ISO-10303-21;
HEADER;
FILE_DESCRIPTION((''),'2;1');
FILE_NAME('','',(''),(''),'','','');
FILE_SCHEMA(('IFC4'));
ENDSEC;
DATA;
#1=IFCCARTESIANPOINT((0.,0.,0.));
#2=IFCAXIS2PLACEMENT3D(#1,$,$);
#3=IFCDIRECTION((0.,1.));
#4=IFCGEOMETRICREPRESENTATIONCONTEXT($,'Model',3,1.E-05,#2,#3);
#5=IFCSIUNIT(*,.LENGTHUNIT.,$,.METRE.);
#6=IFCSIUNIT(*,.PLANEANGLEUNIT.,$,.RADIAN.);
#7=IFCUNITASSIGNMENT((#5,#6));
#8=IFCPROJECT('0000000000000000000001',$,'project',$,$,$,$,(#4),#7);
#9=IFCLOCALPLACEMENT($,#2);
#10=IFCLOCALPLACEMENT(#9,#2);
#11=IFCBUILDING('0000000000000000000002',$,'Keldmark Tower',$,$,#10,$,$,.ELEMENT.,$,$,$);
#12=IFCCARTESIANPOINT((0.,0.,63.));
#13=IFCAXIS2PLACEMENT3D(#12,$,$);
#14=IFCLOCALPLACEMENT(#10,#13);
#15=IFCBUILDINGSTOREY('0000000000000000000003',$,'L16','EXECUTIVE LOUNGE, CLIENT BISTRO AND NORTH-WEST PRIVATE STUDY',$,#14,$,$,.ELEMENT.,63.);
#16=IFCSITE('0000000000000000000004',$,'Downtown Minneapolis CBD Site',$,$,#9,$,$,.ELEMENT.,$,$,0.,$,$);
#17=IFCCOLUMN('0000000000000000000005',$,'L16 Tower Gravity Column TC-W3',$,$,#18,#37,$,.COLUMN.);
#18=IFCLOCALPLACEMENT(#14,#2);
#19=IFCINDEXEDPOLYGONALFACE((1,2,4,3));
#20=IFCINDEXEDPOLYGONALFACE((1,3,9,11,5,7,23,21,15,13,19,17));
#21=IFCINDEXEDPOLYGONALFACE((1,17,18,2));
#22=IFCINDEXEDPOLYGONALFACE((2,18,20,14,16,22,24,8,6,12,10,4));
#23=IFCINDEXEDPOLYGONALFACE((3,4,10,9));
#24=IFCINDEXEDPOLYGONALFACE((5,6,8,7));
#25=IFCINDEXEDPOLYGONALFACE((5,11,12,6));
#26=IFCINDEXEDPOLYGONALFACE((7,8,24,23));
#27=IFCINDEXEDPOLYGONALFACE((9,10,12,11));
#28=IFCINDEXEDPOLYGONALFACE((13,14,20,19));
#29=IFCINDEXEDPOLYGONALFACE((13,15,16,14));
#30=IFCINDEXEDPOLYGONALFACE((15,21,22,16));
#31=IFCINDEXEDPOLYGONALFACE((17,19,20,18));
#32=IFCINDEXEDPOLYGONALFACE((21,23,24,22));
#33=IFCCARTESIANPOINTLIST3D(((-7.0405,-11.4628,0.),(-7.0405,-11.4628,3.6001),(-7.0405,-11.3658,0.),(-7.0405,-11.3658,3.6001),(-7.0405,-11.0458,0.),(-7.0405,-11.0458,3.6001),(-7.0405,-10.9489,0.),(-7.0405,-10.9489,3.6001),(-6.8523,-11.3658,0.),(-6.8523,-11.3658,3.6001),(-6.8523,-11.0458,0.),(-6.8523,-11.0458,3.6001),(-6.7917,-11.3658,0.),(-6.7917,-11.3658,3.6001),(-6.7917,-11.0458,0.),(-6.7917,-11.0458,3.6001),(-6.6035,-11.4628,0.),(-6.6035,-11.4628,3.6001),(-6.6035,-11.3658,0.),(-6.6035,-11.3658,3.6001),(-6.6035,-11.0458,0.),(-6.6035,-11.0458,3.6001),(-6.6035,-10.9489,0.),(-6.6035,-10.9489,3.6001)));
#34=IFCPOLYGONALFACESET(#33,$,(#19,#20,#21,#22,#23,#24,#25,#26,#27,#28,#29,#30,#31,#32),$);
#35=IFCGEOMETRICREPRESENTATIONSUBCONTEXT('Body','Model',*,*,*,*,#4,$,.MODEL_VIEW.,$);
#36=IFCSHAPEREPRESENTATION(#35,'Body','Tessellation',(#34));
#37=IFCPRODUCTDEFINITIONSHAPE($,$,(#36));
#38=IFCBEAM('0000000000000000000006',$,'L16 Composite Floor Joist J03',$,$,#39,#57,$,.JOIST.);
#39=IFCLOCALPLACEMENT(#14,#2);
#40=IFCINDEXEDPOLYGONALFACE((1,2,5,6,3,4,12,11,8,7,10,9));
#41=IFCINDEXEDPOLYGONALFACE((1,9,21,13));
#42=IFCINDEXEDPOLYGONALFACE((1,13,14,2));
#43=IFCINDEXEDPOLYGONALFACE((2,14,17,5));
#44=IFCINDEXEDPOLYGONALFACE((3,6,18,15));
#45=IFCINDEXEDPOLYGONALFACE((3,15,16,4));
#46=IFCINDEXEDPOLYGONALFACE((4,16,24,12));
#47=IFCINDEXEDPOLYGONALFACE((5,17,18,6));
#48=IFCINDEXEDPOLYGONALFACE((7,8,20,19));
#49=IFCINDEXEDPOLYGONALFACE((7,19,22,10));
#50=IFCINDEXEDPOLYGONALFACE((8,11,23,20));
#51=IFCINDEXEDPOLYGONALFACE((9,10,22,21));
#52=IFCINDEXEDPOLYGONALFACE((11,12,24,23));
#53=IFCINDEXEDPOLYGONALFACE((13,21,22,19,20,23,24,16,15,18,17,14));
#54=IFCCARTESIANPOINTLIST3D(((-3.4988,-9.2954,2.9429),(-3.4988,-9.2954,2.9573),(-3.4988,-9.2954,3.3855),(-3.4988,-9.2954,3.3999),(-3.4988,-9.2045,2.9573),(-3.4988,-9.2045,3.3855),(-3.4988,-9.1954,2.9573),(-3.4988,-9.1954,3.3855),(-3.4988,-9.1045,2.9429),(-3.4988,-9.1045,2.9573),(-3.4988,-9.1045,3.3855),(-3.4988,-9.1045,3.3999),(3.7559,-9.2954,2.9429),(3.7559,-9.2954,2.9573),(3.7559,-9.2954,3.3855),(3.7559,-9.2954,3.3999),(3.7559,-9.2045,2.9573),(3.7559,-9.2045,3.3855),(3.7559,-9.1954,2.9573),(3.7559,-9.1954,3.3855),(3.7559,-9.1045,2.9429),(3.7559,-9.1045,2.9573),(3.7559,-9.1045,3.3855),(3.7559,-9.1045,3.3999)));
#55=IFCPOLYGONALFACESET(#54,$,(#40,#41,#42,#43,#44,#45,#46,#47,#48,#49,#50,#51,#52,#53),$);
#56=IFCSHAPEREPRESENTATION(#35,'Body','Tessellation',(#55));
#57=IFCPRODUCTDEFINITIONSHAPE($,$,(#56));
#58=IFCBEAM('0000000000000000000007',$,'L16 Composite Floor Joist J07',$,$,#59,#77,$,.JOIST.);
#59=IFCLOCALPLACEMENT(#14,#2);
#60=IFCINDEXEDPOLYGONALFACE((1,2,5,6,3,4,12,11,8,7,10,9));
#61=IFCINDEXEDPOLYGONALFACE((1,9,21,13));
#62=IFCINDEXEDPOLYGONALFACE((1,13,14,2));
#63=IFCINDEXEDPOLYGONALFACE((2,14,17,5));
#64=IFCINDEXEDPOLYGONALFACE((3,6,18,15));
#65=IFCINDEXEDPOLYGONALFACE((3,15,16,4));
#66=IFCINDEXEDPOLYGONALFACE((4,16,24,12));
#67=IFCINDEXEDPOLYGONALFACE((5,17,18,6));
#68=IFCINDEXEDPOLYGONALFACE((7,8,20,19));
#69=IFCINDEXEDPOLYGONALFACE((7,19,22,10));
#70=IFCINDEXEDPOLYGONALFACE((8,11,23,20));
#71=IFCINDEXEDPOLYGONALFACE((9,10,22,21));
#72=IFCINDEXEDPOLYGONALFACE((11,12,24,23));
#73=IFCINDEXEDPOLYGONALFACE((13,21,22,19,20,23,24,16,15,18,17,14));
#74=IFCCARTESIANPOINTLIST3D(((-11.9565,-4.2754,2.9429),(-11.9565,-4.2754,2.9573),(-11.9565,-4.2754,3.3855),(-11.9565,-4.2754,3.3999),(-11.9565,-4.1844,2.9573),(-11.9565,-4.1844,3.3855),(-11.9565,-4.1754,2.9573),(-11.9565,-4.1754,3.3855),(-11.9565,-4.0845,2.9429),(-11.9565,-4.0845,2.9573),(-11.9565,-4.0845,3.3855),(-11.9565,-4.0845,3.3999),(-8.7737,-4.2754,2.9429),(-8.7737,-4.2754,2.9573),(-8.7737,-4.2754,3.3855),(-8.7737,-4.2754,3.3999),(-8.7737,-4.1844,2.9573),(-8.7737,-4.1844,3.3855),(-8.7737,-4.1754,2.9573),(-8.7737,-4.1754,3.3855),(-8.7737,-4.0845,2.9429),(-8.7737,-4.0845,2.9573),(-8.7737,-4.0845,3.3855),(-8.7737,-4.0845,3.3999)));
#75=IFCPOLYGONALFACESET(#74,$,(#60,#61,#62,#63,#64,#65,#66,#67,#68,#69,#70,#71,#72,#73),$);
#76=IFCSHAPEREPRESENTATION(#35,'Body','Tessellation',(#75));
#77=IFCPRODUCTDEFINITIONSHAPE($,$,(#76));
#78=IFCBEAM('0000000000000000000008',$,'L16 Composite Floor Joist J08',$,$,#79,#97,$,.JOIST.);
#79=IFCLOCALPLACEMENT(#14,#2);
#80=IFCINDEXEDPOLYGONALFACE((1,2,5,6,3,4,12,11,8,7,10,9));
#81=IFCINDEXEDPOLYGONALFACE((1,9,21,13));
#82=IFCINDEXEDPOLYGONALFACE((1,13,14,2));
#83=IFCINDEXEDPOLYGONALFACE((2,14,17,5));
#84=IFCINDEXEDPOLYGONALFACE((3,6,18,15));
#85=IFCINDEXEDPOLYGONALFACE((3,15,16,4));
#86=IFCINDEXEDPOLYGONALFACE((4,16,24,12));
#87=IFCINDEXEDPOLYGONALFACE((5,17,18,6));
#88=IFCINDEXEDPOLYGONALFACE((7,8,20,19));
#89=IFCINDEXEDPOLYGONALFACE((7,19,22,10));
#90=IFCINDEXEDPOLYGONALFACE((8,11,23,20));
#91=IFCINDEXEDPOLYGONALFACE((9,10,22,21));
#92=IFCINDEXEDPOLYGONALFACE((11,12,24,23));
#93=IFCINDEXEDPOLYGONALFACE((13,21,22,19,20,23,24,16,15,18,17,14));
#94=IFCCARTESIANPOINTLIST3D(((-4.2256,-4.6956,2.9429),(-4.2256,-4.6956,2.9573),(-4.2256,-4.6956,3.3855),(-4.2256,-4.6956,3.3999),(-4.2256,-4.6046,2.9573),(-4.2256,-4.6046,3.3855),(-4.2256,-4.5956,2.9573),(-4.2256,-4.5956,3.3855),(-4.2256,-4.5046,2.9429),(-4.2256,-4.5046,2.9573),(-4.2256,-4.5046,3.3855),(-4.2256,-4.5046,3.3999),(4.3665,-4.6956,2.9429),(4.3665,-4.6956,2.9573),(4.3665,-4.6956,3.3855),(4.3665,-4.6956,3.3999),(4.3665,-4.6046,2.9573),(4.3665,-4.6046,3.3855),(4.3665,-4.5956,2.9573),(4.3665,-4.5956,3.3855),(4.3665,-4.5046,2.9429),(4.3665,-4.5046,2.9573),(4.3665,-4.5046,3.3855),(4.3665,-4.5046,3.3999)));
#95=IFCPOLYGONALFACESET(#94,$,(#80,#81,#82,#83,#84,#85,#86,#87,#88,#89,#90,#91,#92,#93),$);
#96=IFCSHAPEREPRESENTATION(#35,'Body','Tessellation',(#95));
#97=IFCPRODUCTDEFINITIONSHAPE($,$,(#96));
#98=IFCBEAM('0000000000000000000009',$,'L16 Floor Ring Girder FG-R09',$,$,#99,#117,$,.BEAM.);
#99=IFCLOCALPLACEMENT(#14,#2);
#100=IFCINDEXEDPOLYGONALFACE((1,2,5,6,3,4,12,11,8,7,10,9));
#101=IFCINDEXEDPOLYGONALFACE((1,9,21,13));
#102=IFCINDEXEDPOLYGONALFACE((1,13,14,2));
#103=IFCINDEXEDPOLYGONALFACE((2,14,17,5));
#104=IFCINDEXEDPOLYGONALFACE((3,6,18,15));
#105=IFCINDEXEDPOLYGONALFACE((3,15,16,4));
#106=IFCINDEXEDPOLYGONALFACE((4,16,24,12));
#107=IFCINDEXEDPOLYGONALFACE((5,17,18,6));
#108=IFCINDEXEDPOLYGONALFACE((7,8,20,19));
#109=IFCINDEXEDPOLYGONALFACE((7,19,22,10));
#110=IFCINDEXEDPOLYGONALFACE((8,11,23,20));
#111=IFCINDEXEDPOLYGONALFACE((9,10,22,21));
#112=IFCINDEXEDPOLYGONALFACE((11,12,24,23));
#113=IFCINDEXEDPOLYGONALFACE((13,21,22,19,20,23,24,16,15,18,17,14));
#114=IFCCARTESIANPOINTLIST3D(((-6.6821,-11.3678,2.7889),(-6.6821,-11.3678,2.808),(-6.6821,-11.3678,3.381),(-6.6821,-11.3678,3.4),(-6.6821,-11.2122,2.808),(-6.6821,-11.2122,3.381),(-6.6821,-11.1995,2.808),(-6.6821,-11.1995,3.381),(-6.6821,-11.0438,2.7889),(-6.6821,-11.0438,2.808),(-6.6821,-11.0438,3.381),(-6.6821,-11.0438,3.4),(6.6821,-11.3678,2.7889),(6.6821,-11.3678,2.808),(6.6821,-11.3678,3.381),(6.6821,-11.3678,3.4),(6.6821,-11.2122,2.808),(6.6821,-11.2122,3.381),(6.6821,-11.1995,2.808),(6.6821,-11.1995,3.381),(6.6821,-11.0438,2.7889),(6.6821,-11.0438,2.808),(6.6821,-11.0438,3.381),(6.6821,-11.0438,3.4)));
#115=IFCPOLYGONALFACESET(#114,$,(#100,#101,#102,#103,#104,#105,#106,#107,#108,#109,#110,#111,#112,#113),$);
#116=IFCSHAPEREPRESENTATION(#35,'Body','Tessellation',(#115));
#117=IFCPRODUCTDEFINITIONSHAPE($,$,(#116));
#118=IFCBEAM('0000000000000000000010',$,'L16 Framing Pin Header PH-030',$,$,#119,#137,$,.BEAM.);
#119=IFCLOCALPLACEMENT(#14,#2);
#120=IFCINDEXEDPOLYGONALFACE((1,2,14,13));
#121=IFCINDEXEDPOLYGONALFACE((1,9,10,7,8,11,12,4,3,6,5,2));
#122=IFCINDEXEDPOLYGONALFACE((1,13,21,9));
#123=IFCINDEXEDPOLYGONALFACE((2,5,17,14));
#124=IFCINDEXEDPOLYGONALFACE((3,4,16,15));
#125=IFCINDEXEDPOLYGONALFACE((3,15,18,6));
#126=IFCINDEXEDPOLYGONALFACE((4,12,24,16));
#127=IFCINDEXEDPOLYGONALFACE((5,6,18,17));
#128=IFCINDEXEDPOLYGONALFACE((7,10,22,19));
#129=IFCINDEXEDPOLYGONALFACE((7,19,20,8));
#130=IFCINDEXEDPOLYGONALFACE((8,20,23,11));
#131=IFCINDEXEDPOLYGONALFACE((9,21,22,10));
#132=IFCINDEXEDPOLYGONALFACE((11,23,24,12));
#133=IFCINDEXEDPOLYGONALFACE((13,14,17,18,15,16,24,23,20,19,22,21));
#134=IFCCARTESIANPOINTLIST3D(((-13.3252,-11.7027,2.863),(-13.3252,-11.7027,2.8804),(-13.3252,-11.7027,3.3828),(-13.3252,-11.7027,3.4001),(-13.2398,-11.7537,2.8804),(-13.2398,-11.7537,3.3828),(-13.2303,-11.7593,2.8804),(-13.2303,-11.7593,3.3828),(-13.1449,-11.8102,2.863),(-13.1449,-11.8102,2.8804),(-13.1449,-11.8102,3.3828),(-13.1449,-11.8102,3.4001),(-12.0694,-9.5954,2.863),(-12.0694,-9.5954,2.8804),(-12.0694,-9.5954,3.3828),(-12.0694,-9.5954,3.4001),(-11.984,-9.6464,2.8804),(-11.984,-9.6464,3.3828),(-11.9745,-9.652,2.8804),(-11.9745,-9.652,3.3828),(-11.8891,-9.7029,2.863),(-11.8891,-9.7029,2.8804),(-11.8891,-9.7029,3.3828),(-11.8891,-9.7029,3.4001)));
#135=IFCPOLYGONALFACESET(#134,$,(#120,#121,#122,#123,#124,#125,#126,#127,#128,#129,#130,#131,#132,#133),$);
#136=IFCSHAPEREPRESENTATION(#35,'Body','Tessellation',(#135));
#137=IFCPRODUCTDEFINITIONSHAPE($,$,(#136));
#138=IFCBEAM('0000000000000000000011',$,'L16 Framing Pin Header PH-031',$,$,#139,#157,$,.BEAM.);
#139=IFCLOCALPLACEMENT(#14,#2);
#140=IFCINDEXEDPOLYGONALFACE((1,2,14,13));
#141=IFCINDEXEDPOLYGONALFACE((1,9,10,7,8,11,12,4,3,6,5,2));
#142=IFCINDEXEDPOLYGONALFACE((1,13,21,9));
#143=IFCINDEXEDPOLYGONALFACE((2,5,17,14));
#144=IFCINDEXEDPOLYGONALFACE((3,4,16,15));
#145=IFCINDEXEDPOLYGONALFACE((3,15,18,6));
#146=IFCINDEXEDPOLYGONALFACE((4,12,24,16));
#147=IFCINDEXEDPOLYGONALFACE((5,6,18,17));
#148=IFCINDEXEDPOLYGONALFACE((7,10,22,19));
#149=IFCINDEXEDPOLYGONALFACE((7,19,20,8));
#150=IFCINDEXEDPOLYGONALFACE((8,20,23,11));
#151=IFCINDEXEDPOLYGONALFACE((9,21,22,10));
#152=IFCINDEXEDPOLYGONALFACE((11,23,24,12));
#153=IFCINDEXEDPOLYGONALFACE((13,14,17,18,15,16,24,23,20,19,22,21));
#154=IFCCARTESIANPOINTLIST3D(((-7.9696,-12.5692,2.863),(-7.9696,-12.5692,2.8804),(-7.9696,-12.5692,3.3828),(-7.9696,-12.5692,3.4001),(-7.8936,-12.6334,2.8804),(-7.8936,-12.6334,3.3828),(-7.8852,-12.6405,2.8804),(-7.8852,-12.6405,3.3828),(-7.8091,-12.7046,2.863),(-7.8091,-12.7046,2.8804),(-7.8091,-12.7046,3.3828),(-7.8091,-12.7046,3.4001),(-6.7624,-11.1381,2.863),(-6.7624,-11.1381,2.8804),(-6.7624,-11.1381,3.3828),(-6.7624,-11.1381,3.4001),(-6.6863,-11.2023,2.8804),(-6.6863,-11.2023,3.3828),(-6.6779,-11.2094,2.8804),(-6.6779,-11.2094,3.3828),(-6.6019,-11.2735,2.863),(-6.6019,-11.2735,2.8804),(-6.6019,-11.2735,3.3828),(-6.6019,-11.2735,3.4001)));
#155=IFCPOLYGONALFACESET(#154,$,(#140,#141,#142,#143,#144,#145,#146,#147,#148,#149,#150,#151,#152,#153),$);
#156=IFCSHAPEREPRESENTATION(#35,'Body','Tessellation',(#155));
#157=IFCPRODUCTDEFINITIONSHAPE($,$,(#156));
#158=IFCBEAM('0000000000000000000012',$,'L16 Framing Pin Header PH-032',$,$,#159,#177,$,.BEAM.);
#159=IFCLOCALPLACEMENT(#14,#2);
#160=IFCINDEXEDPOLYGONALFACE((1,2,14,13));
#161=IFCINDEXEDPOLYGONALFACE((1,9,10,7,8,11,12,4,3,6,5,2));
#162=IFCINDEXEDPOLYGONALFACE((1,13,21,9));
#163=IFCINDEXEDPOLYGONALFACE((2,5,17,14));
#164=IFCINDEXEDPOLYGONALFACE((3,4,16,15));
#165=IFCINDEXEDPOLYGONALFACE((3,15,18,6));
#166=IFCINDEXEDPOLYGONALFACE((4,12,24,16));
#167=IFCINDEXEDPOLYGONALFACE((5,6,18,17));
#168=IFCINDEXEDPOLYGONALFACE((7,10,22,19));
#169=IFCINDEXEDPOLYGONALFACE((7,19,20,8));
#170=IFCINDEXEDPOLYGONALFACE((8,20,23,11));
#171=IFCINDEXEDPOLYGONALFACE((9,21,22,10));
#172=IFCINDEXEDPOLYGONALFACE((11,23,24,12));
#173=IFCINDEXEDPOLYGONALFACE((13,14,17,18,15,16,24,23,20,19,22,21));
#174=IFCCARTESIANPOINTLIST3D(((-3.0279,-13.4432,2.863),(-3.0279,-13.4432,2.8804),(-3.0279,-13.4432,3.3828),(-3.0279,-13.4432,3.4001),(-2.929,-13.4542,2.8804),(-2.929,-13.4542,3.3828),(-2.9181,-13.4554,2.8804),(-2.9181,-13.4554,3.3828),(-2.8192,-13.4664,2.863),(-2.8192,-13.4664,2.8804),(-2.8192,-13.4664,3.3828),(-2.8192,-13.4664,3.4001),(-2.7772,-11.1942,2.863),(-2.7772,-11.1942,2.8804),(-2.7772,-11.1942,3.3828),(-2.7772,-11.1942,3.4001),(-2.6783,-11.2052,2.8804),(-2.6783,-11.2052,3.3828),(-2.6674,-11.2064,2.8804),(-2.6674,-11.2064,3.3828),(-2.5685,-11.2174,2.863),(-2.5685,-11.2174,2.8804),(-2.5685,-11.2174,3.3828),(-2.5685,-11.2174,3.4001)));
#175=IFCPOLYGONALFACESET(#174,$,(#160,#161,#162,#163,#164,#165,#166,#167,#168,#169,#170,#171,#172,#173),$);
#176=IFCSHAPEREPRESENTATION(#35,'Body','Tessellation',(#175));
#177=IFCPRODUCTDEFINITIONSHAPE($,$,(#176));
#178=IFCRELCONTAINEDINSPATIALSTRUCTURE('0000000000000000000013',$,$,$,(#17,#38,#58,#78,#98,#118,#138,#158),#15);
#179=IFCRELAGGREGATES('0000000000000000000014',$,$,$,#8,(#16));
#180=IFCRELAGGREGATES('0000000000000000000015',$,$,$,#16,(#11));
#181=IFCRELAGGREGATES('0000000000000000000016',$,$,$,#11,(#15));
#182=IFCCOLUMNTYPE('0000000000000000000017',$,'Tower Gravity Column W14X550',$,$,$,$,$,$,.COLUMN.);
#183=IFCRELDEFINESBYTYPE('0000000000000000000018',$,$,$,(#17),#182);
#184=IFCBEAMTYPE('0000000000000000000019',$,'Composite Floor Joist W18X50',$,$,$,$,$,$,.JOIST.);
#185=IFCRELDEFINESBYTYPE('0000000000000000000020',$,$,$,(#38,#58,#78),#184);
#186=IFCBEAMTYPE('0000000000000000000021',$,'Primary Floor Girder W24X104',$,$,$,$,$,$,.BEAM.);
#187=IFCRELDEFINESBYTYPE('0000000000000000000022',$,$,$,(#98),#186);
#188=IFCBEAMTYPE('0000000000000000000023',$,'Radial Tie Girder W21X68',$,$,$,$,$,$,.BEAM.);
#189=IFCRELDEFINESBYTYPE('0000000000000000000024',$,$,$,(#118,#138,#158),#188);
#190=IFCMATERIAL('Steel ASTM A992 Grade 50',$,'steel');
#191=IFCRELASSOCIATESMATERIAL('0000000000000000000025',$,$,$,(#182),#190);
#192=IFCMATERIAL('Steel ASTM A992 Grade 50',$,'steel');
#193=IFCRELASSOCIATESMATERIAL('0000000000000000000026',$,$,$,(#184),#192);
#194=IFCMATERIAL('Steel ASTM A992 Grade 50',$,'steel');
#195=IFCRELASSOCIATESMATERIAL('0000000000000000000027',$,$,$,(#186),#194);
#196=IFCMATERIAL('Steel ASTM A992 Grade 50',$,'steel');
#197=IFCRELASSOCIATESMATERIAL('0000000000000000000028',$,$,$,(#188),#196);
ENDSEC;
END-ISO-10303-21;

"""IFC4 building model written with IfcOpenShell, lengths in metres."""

from ifc_helpers import new_model, si_unit, direction, frame, origin, origin_2d, place, context, subcontext, project, spatial, i_section, extrude, material, material_profile, profile_set, type_object, element, save


model = new_model("IFC4")

# Units and contexts
model_context = context("Model", 3, precision=1e-05, world=origin(), true_north=direction((0.0, 1.0)))
body_context = subcontext(model_context, "Body", "Model", "MODEL_VIEW")
ifc_project = project(units=[si_unit("LENGTHUNIT", "METRE"), si_unit("PLANEANGLEUNIT", "RADIAN")], contexts=[model_context])

# Site, building, storey
site_placement = place(None, origin())
site = spatial("IfcSite", under=ifc_project, at=site_placement, Name="Downtown Minneapolis CBD Site", CompositionType="ELEMENT", RefElevation=0.0)
building_placement = place(site_placement, origin())
building = spatial("IfcBuilding", under=site, at=building_placement, Name="Keldmark Tower", CompositionType="ELEMENT")
storey_placement = place(building_placement, frame((0.0, 0.0, 63.0)))
storey = spatial("IfcBuildingStorey", under=building, at=storey_placement, Name="L16", Description="EXECUTIVE LOUNGE, CLIENT BISTRO AND NORTH-WEST PRIVATE STUDY", CompositionType="ELEMENT", Elevation=63.0)

# Column
ifc_material_1 = material(Name="Steel ASTM A992 Grade 50", Category="steel")
ifc_material_profile_1 = material_profile(ifc_material_1, i_section(OverallWidth=0.437, OverallDepth=0.5139, WebThickness=0.0605, FlangeThickness=0.0969, at=origin_2d()), Name="W14X550")
ifc_profile_set_1 = profile_set([ifc_material_profile_1], Name="Steel ASTM A992 Grade 50")
column_type = type_object("IfcColumnType", Name="Tower Gravity Column W14X550", PredefinedType="COLUMN", material=ifc_profile_set_1)
column_placement = place(storey_placement, frame((-6.822, -11.2058, 0.0), z_axis=(0.0, 0.0, 1.0), x_axis=(1.0, 0.0, 0.0)))
element("IfcColumn", 1, at=column_placement, inside=storey, type_object=column_type, Name="L16 Tower Gravity Column TC-W3", PredefinedType="COLUMN", context=body_context, shape_type="SweptSolid", body=[
    extrude(i_section(OverallWidth=0.437, OverallDepth=0.5139, WebThickness=0.0605, FlangeThickness=0.0969, at=origin_2d()), origin(), (0.0, 0.0, 1.0), 3.6001),
])

# Beams
ifc_material_2 = material(Name="Steel ASTM A992 Grade 50", Category="steel")
ifc_material_profile_2 = material_profile(ifc_material_2, i_section(OverallWidth=0.1909, OverallDepth=0.457, WebThickness=0.009, FlangeThickness=0.0144, at=origin_2d()), Name="W18X50")
ifc_profile_set_2 = profile_set([ifc_material_profile_2], Name="Steel ASTM A992 Grade 50")
beam_type_1 = type_object("IfcBeamType", Name="Composite Floor Joist W18X50", PredefinedType="JOIST", material=ifc_profile_set_2)
beam_1_placement = place(storey_placement, frame((-3.4988, -9.2, 3.1714), z_axis=(1.0, 0.0, 0.0), x_axis=(0.0, 1.0, 0.0)))
element("IfcBeam", 2, at=beam_1_placement, inside=storey, type_object=beam_type_1, Name="L16 Composite Floor Joist J03", PredefinedType="JOIST", context=body_context, shape_type="SweptSolid", body=[
    extrude(i_section(OverallWidth=0.1909, OverallDepth=0.457, WebThickness=0.009, FlangeThickness=0.0144, at=origin_2d()), origin(), (0.0, 0.0, 1.0), 7.2546),
])
beam_2_placement = place(storey_placement, frame((-11.9565, -4.1799, 3.1714), z_axis=(1.0, 0.0, 0.0), x_axis=(0.0, 1.0, 0.0)))
element("IfcBeam", 3, at=beam_2_placement, inside=storey, type_object=beam_type_1, Name="L16 Composite Floor Joist J07", PredefinedType="JOIST", context=body_context, shape_type="SweptSolid", body=[
    extrude(i_section(OverallWidth=0.1909, OverallDepth=0.457, WebThickness=0.009, FlangeThickness=0.0144, at=origin_2d()), origin(), (0.0, 0.0, 1.0), 3.1829),
])
beam_3_placement = place(storey_placement, frame((-4.2256, -4.6001, 3.1714), z_axis=(1.0, 0.0, 0.0), x_axis=(0.0, 1.0, 0.0)))
element("IfcBeam", 4, at=beam_3_placement, inside=storey, type_object=beam_type_1, Name="L16 Composite Floor Joist J08", PredefinedType="JOIST", context=body_context, shape_type="SweptSolid", body=[
    extrude(i_section(OverallWidth=0.1909, OverallDepth=0.457, WebThickness=0.009, FlangeThickness=0.0144, at=origin_2d()), origin(), (0.0, 0.0, 1.0), 8.592),
])
ifc_material_3 = material(Name="Steel ASTM A992 Grade 50", Category="steel")
ifc_material_profile_3 = material_profile(ifc_material_3, i_section(OverallWidth=0.324, OverallDepth=0.6111, WebThickness=0.0127, FlangeThickness=0.019, at=origin_2d()), Name="W24X104")
ifc_profile_set_3 = profile_set([ifc_material_profile_3], Name="Steel ASTM A992 Grade 50")
beam_type_2 = type_object("IfcBeamType", Name="Primary Floor Girder W24X104", PredefinedType="BEAM", material=ifc_profile_set_3)
beam_4_placement = place(storey_placement, frame((-6.6821, -11.2058, 3.0945), z_axis=(1.0, 0.0, 0.0), x_axis=(0.0, 1.0, 0.0)))
element("IfcBeam", 5, at=beam_4_placement, inside=storey, type_object=beam_type_2, Name="L16 Floor Ring Girder FG-R09", PredefinedType="BEAM", context=body_context, shape_type="SweptSolid", body=[
    extrude(i_section(OverallWidth=0.324, OverallDepth=0.6111, WebThickness=0.0127, FlangeThickness=0.019, at=origin_2d()), origin(), (0.0, 0.0, 1.0), 13.3643),
])
ifc_material_4 = material(Name="Steel ASTM A992 Grade 50", Category="steel")
ifc_material_profile_4 = material_profile(ifc_material_4, i_section(OverallWidth=0.21, OverallDepth=0.5371, WebThickness=0.011, FlangeThickness=0.0173, at=origin_2d()), Name="W21X68")
ifc_profile_set_4 = profile_set([ifc_material_profile_4], Name="Steel ASTM A992 Grade 50")
beam_type_3 = type_object("IfcBeamType", Name="Radial Tie Girder W21X68", PredefinedType="BEAM", material=ifc_profile_set_4)
beam_5_placement = place(storey_placement, frame((-11.9792, -9.6492, 3.1316), z_axis=(-0.511918, -0.859035, 0.0), x_axis=(0.859035, -0.511918, 0.0)))
element("IfcBeam", 6, at=beam_5_placement, inside=storey, type_object=beam_type_3, Name="L16 Framing Pin Header PH-030", PredefinedType="BEAM", context=body_context, shape_type="SweptSolid", body=[
    extrude(i_section(OverallWidth=0.21, OverallDepth=0.5371, WebThickness=0.011, FlangeThickness=0.0173, at=origin_2d()), origin(), (0.0, 0.0, 1.0), 2.4531),
])
beam_6_placement = place(storey_placement, frame((-6.6821, -11.2058, 3.1316), z_axis=(-0.64479, -0.76436, 0.0), x_axis=(0.76436, -0.64479, 0.0)))
element("IfcBeam", 7, at=beam_6_placement, inside=storey, type_object=beam_type_3, Name="L16 Framing Pin Header PH-031", PredefinedType="BEAM", context=body_context, shape_type="SweptSolid", body=[
    extrude(i_section(OverallWidth=0.21, OverallDepth=0.5371, WebThickness=0.011, FlangeThickness=0.0173, at=origin_2d()), origin(), (0.0, 0.0, 1.0), 1.8723),
])
beam_7_placement = place(storey_placement, frame((-2.6729, -11.2058, 3.1316), z_axis=(-0.110799, -0.993843, 0.0), x_axis=(0.993843, -0.110799, 0.0)))
element("IfcBeam", 8, at=beam_7_placement, inside=storey, type_object=beam_type_3, Name="L16 Framing Pin Header PH-032", PredefinedType="BEAM", context=body_context, shape_type="SweptSolid", body=[
    extrude(i_section(OverallWidth=0.21, OverallDepth=0.5371, WebThickness=0.011, FlangeThickness=0.0173, at=origin_2d()), origin(), (0.0, 0.0, 1.0), 2.2629),
])

save(model, "model.ifc")
